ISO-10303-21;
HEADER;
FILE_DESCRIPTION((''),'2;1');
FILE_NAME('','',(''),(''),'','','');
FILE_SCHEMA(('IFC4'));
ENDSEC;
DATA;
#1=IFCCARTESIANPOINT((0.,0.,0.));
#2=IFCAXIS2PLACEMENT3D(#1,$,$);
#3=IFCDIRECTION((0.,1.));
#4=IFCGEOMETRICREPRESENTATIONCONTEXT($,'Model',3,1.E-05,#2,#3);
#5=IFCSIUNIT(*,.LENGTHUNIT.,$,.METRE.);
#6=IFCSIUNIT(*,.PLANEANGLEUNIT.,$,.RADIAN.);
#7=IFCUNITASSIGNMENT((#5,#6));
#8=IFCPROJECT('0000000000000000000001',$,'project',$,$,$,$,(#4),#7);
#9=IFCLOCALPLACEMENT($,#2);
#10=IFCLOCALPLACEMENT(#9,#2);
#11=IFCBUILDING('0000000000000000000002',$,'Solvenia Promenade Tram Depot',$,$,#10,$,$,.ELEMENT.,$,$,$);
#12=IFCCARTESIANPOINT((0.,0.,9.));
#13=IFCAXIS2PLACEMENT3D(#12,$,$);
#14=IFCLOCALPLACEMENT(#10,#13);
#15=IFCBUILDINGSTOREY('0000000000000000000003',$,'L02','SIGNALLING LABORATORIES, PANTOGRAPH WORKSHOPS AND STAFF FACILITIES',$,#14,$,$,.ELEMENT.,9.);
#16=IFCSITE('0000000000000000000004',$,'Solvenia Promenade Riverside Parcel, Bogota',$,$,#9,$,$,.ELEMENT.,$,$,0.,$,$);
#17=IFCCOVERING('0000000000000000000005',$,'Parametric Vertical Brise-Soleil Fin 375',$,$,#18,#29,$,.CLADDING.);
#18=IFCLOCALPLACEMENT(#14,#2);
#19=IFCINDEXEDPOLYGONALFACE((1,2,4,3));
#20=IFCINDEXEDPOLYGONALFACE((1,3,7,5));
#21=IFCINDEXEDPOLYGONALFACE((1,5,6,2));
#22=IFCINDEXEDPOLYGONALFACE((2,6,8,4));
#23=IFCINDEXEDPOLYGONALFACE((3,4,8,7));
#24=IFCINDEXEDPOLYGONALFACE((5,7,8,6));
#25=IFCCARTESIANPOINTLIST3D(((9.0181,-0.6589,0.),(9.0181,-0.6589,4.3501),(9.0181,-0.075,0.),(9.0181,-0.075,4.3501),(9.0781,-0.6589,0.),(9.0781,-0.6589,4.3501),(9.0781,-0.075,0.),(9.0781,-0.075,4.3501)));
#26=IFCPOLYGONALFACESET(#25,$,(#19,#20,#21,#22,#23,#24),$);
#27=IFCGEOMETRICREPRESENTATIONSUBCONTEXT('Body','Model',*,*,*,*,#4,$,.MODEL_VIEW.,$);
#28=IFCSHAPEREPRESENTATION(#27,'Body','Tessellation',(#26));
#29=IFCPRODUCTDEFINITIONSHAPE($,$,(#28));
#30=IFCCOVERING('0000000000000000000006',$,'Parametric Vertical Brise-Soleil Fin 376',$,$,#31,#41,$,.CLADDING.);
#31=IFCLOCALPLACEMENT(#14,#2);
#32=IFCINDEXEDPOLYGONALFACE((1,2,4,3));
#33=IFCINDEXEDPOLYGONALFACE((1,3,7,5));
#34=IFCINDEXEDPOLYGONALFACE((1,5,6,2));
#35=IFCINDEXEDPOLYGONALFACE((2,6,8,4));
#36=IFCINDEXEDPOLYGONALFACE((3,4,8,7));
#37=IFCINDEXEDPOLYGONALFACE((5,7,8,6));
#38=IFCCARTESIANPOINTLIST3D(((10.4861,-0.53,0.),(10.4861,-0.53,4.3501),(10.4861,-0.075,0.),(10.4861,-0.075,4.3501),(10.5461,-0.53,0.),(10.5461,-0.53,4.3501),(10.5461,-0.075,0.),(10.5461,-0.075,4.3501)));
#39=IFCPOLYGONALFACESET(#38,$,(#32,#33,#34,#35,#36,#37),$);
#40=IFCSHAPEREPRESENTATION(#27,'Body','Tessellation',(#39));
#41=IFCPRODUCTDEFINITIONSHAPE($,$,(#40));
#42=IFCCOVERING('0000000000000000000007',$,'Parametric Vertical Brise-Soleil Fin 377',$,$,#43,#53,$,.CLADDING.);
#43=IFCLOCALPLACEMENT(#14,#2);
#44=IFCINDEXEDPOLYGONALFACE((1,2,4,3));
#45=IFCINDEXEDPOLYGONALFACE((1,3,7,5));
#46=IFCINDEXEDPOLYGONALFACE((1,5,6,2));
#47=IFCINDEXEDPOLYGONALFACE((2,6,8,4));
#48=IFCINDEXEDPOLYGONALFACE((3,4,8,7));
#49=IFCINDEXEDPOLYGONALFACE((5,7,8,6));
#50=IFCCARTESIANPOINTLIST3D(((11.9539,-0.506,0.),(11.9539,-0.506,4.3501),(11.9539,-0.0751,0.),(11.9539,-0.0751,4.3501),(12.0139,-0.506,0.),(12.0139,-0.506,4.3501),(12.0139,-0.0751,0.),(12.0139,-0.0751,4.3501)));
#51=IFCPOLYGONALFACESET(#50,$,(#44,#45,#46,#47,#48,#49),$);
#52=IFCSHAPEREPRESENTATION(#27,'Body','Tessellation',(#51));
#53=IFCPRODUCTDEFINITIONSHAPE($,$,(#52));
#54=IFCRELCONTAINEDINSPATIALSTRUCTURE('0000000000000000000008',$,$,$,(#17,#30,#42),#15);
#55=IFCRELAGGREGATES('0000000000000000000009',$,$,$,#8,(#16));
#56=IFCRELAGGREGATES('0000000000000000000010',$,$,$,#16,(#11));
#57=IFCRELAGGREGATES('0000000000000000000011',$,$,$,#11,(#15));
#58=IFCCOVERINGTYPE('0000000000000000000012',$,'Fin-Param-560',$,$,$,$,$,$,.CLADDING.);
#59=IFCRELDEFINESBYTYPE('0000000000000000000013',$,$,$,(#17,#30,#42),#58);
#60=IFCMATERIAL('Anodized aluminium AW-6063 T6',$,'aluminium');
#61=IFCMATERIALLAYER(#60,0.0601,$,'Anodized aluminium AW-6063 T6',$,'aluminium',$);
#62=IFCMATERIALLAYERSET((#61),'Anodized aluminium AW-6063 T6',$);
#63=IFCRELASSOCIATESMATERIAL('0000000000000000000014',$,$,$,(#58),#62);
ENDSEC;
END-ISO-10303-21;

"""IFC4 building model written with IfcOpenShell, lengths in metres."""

from ifc_helpers import new_model, si_unit, direction, frame, origin, origin_2d, place, context, subcontext, project, spatial, rectangle, extrude, material, layer, layer_set, type_object, element, save


model = new_model("IFC4")

# Units and contexts
model_context = context("Model", 3, precision=1e-05, world=origin(), true_north=direction((0.0, 1.0)))
body_context = subcontext(model_context, "Body", "Model", "MODEL_VIEW")
ifc_project = project(units=[si_unit("LENGTHUNIT", "METRE"), si_unit("PLANEANGLEUNIT", "RADIAN")], contexts=[model_context])

# Site, building, storey
site_placement = place(None, origin())
site = spatial("IfcSite", under=ifc_project, at=site_placement, Name="Solvenia Promenade Riverside Parcel, Bogota", CompositionType="ELEMENT", RefElevation=0.0)
building_placement = place(site_placement, origin())
building = spatial("IfcBuilding", under=site, at=building_placement, Name="Solvenia Promenade Tram Depot", CompositionType="ELEMENT")
storey_placement = place(building_placement, frame((0.0, 0.0, 9.0)))
storey = spatial("IfcBuildingStorey", under=building, at=storey_placement, Name="L02", Description="SIGNALLING LABORATORIES, PANTOGRAPH WORKSHOPS AND STAFF FACILITIES", CompositionType="ELEMENT", Elevation=9.0)

# Shared definitions
ifc_material_1 = material(Name="Anodized aluminium AW-6063 T6", Category="aluminium")

# Coverings
ifc_layer_1 = layer(ifc_material_1, 0.0601, Name="Anodized aluminium AW-6063 T6", Category="aluminium")
ifc_layer_set_1 = layer_set([ifc_layer_1], Name="Anodized aluminium AW-6063 T6")
covering_type = type_object("IfcCoveringType", Name="Fin-Param-560", PredefinedType="CLADDING", material=ifc_layer_set_1)
covering_1_placement = place(storey_placement, frame((9.0481, -0.3669, 0.0), z_axis=(0.0, 0.0, 1.0), x_axis=(1.0, 0.0, 0.0)))
element("IfcCovering", 1, at=covering_1_placement, inside=storey, type_object=covering_type, Name="Parametric Vertical Brise-Soleil Fin 375", PredefinedType="CLADDING", context=body_context, shape_type="SweptSolid", body=[
    extrude(rectangle(XDim=0.0601, YDim=0.584, at=origin_2d()), origin(), (0.0, 0.0, 1.0), 4.3501),
])
covering_2_placement = place(storey_placement, frame((10.5161, -0.3025, 0.0), z_axis=(0.0, 0.0, 1.0), x_axis=(1.0, 0.0, 0.0)))
element("IfcCovering", 2, at=covering_2_placement, inside=storey, type_object=covering_type, Name="Parametric Vertical Brise-Soleil Fin 376", PredefinedType="CLADDING", context=body_context, shape_type="SweptSolid", body=[
    extrude(rectangle(XDim=0.0601, YDim=0.4551, at=origin_2d()), origin(), (0.0, 0.0, 1.0), 4.3501),
])
covering_3_placement = place(storey_placement, frame((11.9839, -0.2905, 0.0), z_axis=(0.0, 0.0, 1.0), x_axis=(1.0, 0.0, 0.0)))
element("IfcCovering", 3, at=covering_3_placement, inside=storey, type_object=covering_type, Name="Parametric Vertical Brise-Soleil Fin 377", PredefinedType="CLADDING", context=body_context, shape_type="SweptSolid", body=[
    extrude(rectangle(XDim=0.0601, YDim=0.4309, at=origin_2d()), origin(), (0.0, 0.0, 1.0), 4.3501),
])

save(model, "model.ifc")
